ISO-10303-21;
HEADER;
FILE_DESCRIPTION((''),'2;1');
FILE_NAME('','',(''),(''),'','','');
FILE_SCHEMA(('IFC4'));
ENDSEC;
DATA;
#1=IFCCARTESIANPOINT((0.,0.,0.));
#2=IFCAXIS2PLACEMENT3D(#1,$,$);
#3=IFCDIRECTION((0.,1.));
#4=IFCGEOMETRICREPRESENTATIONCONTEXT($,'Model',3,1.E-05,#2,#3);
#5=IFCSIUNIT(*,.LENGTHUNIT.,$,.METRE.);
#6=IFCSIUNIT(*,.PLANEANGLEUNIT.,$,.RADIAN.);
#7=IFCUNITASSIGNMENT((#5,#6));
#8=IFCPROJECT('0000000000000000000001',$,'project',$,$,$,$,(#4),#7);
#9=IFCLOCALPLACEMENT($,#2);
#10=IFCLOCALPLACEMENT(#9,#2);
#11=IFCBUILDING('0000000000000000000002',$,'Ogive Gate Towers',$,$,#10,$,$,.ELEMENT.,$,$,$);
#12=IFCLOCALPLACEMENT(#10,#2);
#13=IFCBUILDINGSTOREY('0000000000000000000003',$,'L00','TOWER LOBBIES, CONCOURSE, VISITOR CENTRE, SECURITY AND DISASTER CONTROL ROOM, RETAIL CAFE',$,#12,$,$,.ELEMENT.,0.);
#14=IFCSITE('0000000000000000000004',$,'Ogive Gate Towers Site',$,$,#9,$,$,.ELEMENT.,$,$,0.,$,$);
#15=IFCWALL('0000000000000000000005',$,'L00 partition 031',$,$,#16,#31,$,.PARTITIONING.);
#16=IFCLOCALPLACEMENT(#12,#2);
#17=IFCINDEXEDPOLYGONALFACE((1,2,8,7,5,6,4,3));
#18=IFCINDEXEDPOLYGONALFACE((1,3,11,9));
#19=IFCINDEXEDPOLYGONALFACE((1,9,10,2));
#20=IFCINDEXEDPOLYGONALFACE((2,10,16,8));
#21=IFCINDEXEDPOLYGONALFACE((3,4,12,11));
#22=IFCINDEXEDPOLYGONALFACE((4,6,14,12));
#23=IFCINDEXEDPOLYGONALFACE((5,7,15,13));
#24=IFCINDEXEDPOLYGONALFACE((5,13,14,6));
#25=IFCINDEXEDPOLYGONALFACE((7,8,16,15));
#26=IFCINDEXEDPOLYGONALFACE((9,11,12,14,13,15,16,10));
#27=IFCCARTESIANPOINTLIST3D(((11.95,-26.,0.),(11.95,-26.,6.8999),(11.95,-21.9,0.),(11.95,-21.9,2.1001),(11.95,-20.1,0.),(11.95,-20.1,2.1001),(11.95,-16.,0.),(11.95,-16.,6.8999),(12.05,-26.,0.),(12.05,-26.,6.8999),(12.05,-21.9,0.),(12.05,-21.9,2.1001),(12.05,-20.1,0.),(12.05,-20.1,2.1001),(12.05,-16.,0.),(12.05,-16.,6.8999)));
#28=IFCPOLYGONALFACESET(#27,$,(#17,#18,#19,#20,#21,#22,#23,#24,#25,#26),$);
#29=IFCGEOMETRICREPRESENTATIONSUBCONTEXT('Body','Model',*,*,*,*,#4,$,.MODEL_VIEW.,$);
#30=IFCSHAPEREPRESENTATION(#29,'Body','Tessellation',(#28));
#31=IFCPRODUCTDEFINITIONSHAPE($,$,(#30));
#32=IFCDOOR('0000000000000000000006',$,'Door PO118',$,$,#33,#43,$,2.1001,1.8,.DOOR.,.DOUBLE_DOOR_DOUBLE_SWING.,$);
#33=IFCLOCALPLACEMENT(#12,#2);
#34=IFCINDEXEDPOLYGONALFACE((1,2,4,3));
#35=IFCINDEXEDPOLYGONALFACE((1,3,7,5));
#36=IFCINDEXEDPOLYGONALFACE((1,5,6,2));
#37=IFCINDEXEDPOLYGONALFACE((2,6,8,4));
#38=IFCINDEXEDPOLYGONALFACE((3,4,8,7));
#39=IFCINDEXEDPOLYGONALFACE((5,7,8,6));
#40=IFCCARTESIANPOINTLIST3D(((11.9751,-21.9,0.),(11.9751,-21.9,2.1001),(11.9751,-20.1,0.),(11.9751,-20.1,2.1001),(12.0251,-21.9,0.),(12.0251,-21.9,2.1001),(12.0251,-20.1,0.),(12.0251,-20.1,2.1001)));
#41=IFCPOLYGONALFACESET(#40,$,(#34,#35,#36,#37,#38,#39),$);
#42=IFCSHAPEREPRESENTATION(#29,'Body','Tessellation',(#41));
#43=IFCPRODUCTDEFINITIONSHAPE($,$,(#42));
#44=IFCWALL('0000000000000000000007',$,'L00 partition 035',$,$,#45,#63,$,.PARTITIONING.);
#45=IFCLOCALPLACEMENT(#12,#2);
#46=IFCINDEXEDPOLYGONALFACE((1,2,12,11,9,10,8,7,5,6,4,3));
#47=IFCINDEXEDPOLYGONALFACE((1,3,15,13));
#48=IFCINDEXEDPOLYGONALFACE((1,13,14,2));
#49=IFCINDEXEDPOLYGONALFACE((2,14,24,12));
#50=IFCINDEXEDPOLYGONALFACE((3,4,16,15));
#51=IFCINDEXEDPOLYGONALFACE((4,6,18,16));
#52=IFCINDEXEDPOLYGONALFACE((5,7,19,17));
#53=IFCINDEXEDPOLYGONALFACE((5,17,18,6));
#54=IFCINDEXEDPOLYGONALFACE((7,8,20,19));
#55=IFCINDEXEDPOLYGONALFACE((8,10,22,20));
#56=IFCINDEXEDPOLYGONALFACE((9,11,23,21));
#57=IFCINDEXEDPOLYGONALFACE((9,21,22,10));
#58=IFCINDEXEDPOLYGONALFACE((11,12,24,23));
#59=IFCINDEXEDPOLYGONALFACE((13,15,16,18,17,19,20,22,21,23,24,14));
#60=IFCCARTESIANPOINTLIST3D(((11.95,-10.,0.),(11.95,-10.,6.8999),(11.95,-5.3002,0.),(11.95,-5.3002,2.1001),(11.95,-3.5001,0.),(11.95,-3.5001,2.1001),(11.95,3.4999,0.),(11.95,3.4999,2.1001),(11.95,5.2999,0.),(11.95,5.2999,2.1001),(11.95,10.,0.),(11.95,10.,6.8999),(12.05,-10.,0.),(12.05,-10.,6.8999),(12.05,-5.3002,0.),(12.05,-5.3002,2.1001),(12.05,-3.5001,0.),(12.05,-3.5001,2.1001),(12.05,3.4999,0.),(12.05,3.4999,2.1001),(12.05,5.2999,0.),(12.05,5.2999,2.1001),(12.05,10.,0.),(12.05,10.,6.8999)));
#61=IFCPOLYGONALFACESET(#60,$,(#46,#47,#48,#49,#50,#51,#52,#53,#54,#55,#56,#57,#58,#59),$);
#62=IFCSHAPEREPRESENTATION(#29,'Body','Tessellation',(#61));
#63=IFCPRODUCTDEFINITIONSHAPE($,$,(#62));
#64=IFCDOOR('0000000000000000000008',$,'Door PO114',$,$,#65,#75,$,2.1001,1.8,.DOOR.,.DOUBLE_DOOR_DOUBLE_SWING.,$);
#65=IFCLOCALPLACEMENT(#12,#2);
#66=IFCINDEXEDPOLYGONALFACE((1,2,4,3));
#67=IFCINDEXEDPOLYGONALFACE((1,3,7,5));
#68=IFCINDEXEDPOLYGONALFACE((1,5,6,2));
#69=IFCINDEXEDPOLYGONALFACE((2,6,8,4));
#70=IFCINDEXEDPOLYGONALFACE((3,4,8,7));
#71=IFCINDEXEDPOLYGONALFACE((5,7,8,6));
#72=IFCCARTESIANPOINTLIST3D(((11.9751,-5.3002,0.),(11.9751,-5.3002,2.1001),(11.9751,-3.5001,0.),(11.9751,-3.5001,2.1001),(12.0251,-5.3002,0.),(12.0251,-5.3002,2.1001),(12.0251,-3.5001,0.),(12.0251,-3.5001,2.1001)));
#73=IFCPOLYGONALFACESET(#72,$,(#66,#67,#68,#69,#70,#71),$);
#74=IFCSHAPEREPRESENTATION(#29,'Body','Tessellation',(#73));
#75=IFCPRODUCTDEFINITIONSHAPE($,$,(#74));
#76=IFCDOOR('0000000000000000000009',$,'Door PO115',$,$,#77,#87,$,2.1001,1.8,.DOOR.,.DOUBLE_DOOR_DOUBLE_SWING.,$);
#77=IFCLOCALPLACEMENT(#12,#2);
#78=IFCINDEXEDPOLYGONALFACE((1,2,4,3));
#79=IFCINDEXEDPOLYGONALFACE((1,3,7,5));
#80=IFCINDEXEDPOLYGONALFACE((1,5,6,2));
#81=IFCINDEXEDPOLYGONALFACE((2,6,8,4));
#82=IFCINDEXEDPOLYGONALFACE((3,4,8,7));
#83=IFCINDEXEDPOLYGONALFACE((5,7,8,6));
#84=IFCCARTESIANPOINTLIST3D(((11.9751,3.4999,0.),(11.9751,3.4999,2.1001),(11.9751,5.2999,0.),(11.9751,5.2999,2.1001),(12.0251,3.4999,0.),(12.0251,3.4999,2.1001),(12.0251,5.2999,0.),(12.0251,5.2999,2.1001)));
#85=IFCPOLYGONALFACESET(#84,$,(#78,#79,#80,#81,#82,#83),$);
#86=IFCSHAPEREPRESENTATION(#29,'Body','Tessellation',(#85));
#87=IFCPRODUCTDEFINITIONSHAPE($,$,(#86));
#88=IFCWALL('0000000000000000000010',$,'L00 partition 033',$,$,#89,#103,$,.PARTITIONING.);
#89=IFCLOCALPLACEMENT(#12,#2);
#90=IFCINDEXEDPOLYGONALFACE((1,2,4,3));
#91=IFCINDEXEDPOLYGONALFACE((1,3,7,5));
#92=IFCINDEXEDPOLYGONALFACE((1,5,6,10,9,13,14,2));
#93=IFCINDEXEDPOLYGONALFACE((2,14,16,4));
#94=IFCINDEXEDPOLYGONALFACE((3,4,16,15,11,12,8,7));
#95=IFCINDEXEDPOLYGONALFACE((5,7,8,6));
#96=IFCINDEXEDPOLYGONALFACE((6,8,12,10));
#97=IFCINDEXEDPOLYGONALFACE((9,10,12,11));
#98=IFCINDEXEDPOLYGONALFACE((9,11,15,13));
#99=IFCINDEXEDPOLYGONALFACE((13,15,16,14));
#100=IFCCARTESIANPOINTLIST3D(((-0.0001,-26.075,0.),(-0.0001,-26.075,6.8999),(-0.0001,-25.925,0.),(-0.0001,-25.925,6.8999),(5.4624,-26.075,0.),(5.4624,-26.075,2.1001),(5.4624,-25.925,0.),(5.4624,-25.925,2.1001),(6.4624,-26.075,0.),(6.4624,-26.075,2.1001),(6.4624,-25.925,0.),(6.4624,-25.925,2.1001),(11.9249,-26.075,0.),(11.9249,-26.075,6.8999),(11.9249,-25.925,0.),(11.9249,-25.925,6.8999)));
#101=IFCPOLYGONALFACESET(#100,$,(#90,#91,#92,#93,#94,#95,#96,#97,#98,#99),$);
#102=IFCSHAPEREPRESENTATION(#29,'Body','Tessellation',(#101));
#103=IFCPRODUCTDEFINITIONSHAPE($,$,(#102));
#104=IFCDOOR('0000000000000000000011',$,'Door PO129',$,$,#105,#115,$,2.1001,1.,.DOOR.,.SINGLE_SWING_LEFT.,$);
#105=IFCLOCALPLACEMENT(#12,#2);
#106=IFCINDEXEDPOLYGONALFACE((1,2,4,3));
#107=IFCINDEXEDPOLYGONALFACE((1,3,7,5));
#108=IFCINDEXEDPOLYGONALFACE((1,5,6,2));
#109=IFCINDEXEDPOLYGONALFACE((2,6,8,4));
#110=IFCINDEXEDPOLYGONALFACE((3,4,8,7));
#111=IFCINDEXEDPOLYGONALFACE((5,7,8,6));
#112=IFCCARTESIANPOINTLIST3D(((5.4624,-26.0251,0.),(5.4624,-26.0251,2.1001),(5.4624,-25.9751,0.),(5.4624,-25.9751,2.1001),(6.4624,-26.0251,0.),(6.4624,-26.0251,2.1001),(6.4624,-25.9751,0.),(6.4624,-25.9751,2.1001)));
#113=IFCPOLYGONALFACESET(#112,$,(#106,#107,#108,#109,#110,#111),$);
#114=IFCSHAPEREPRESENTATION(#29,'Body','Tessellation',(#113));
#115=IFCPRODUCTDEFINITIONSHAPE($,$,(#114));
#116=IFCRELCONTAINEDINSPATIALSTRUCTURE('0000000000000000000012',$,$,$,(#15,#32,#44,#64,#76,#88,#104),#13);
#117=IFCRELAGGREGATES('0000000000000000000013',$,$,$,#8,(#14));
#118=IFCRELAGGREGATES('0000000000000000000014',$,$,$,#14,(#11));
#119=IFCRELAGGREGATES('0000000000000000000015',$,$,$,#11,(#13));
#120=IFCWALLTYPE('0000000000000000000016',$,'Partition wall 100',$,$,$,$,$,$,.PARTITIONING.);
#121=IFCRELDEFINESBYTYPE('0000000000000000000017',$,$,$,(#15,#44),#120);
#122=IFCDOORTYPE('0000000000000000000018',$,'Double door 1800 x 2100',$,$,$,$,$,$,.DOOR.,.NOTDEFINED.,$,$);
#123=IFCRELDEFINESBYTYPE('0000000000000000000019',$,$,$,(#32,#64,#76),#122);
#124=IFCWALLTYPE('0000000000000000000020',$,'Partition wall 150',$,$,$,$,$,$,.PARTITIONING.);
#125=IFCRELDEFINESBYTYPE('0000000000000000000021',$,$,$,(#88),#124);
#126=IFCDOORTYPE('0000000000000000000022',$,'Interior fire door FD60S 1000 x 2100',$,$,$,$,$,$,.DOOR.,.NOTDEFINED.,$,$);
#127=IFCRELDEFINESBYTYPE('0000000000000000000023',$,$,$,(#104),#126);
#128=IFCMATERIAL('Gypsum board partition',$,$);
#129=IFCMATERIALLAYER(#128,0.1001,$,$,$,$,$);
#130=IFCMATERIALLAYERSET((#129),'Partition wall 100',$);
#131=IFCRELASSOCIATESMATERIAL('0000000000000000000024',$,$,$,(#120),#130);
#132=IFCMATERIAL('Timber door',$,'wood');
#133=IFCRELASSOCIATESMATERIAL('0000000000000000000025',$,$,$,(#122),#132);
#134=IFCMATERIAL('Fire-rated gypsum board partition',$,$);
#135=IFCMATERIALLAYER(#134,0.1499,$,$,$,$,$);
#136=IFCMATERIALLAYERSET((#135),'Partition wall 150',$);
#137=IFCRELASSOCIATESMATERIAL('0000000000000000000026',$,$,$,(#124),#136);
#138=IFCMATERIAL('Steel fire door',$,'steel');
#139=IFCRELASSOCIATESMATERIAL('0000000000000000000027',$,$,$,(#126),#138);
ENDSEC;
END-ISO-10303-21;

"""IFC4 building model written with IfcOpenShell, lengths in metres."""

from ifc_helpers import new_model, si_unit, direction, frame, frame_2d, origin, place, context, subcontext, project, spatial, rectangle, extrude, material, layer, layer_set, type_object, element, fill, save


model = new_model("IFC4")

# Units and contexts
model_context = context("Model", 3, precision=1e-05, world=origin(), true_north=direction((0.0, 1.0)))
body_context = subcontext(model_context, "Body", "Model", "MODEL_VIEW")
ifc_project = project(units=[si_unit("LENGTHUNIT", "METRE"), si_unit("PLANEANGLEUNIT", "RADIAN")], contexts=[model_context])

# Site, building, storey
site_placement = place(None, origin())
site = spatial("IfcSite", under=ifc_project, at=site_placement, Name="Ogive Gate Towers Site", CompositionType="ELEMENT", RefElevation=0.0)
building_placement = place(site_placement, origin())
building = spatial("IfcBuilding", under=site, at=building_placement, Name="Ogive Gate Towers", CompositionType="ELEMENT")
storey_placement = place(building_placement, origin())
storey = spatial("IfcBuildingStorey", under=building, at=storey_placement, Name="L00", Description="TOWER LOBBIES, CONCOURSE, VISITOR CENTRE, SECURITY AND DISASTER CONTROL ROOM, RETAIL CAFE", CompositionType="ELEMENT", Elevation=0.0)

# Shared definitions
ifc_material_1 = material(Name="Gypsum board partition")
ifc_layer_1 = layer(ifc_material_1, 0.1001)
ifc_layer_set_1 = layer_set([ifc_layer_1], Name="Partition wall 100")
wall_type_1 = type_object("IfcWallType", Name="Partition wall 100", PredefinedType="PARTITIONING", material=ifc_layer_set_1)

# Wall, opening, door
wall_1_placement = place(storey_placement, frame((12.0, -26.0, 0.0), z_axis=(0.0, 0.0, 1.0), x_axis=(0.0, 1.0, 0.0)))
wall_1 = element("IfcWall", 1, at=wall_1_placement, inside=storey, type_object=wall_type_1, Name="L00 partition 031", PredefinedType="PARTITIONING", context=body_context, shape_type="SweptSolid", body=[
    extrude(rectangle(XDim=10.0, YDim=0.1001, at=frame_2d((5.0, 0.0))), origin(), (0.0, 0.0, 1.0), 6.8999),
])
opening_1_placement = place(wall_1_placement, frame((4.1001, 0.0, 0.0)))
opening_1 = element("IfcOpeningElement", 2, at=opening_1_placement, cuts=wall_1, PredefinedType="OPENING", context=body_context, shape_type="SweptSolid", body=[
    extrude(rectangle(XDim=1.8, YDim=2.1001, at=frame_2d((0.8999, 1.05))), frame((0.0, 0.0601, 0.0), z_axis=(0.0, -1.0, 0.0), x_axis=(1.0, 0.0, 0.0)), (0.0, 0.0, 1.0), 0.1201),
])
ifc_material_2 = material(Name="Timber door", Category="wood")
door_type_1 = type_object("IfcDoorType", Name="Double door 1800 x 2100", OperationType="NOTDEFINED", PredefinedType="DOOR", material=ifc_material_2)
door_1_placement = place(opening_1_placement, origin())
door_1 = element("IfcDoor", 3, at=door_1_placement, inside=storey, type_object=door_type_1, Name="Door PO118", OperationType="DOUBLE_DOOR_DOUBLE_SWING", OverallHeight=2.1001, OverallWidth=1.8, PredefinedType="DOOR", context=body_context, shape_type="SweptSolid", body=[
    extrude(rectangle(XDim=1.8, YDim=2.1001, at=frame_2d((0.8999, 1.05))), frame((0.0, 0.0249, 0.0), z_axis=(0.0, -1.0, 0.0), x_axis=(1.0, 0.0, 0.0)), (0.0, 0.0, 1.0), 0.05),
])
fill(opening_1, door_1)

# Wall, openings, doors
wall_2_placement = place(storey_placement, frame((12.0, -10.0, 0.0), z_axis=(0.0, 0.0, 1.0), x_axis=(0.0, 1.0, 0.0)))
wall_2 = element("IfcWall", 4, at=wall_2_placement, inside=storey, type_object=wall_type_1, Name="L00 partition 035", PredefinedType="PARTITIONING", context=body_context, shape_type="SweptSolid", body=[
    extrude(rectangle(XDim=20.0, YDim=0.1001, at=frame_2d((10.0, 0.0))), origin(), (0.0, 0.0, 1.0), 6.8999),
])
opening_2_placement = place(wall_2_placement, frame((4.7, 0.0, 0.0)))
opening_2 = element("IfcOpeningElement", 5, at=opening_2_placement, cuts=wall_2, PredefinedType="OPENING", context=body_context, shape_type="SweptSolid", body=[
    extrude(rectangle(XDim=1.8, YDim=2.1001, at=frame_2d((0.8999, 1.05))), frame((0.0, 0.0601, 0.0), z_axis=(0.0, -1.0, 0.0), x_axis=(1.0, 0.0, 0.0)), (0.0, 0.0, 1.0), 0.1201),
])
opening_3_placement = place(wall_2_placement, frame((13.5, 0.0, 0.0)))
opening_3 = element("IfcOpeningElement", 6, at=opening_3_placement, cuts=wall_2, PredefinedType="OPENING", context=body_context, shape_type="SweptSolid", body=[
    extrude(rectangle(XDim=1.8, YDim=2.1001, at=frame_2d((0.8999, 1.05))), frame((0.0, 0.0601, 0.0), z_axis=(0.0, -1.0, 0.0), x_axis=(1.0, 0.0, 0.0)), (0.0, 0.0, 1.0), 0.1201),
])
door_2_placement = place(opening_2_placement, origin())
door_2 = element("IfcDoor", 7, at=door_2_placement, inside=storey, type_object=door_type_1, Name="Door PO114", OperationType="DOUBLE_DOOR_DOUBLE_SWING", OverallHeight=2.1001, OverallWidth=1.8, PredefinedType="DOOR", context=body_context, shape_type="SweptSolid", body=[
    extrude(rectangle(XDim=1.8, YDim=2.1001, at=frame_2d((0.8999, 1.05))), frame((0.0, 0.0249, 0.0), z_axis=(0.0, -1.0, 0.0), x_axis=(1.0, 0.0, 0.0)), (0.0, 0.0, 1.0), 0.05),
])
fill(opening_2, door_2)
door_3_placement = place(opening_3_placement, origin())
door_3 = element("IfcDoor", 8, at=door_3_placement, inside=storey, type_object=door_type_1, Name="Door PO115", OperationType="DOUBLE_DOOR_DOUBLE_SWING", OverallHeight=2.1001, OverallWidth=1.8, PredefinedType="DOOR", context=body_context, shape_type="SweptSolid", body=[
    extrude(rectangle(XDim=1.8, YDim=2.1001, at=frame_2d((0.8999, 1.05))), frame((0.0, 0.0249, 0.0), z_axis=(0.0, -1.0, 0.0), x_axis=(1.0, 0.0, 0.0)), (0.0, 0.0, 1.0), 0.05),
])
fill(opening_3, door_3)

# Wall, opening, door
ifc_material_3 = material(Name="Fire-rated gypsum board partition")
ifc_layer_2 = layer(ifc_material_3, 0.1499)
ifc_layer_set_2 = layer_set([ifc_layer_2], Name="Partition wall 150")
wall_type_2 = type_object("IfcWallType", Name="Partition wall 150", PredefinedType="PARTITIONING", material=ifc_layer_set_2)
wall_3_placement = place(storey_placement, frame((0.0, -26.0, 0.0), z_axis=(0.0, 0.0, 1.0), x_axis=(1.0, 0.0, 0.0)))
wall_3 = element("IfcWall", 9, at=wall_3_placement, inside=storey, type_object=wall_type_2, Name="L00 partition 033", PredefinedType="PARTITIONING", context=body_context, shape_type="SweptSolid", body=[
    extrude(rectangle(XDim=11.925, YDim=0.1499, at=frame_2d((5.9624, 0.0))), origin(), (0.0, 0.0, 1.0), 6.8999),
])
opening_4_placement = place(wall_3_placement, frame((5.4624, 0.0, 0.0)))
opening_4 = element("IfcOpeningElement", 10, at=opening_4_placement, cuts=wall_3, PredefinedType="OPENING", context=body_context, shape_type="SweptSolid", body=[
    extrude(rectangle(XDim=1.0, YDim=2.1001, at=frame_2d((0.5, 1.05))), frame((0.0, 0.085, 0.0), z_axis=(0.0, -1.0, 0.0), x_axis=(1.0, 0.0, 0.0)), (0.0, 0.0, 1.0), 0.1699),
])
ifc_material_4 = material(Name="Steel fire door", Category="steel")
door_type_2 = type_object("IfcDoorType", Name="Interior fire door FD60S 1000 x 2100", OperationType="NOTDEFINED", PredefinedType="DOOR", material=ifc_material_4)
door_4_placement = place(opening_4_placement, origin())
door_4 = element("IfcDoor", 11, at=door_4_placement, inside=storey, type_object=door_type_2, Name="Door PO129", OperationType="SINGLE_SWING_LEFT", OverallHeight=2.1001, OverallWidth=1.0, PredefinedType="DOOR", context=body_context, shape_type="SweptSolid", body=[
    extrude(rectangle(XDim=1.0, YDim=2.1001, at=frame_2d((0.5, 1.05))), frame((0.0, 0.0249, 0.0), z_axis=(0.0, -1.0, 0.0), x_axis=(1.0, 0.0, 0.0)), (0.0, 0.0, 1.0), 0.05),
])
fill(opening_4, door_4)

save(model, "model.ifc")
